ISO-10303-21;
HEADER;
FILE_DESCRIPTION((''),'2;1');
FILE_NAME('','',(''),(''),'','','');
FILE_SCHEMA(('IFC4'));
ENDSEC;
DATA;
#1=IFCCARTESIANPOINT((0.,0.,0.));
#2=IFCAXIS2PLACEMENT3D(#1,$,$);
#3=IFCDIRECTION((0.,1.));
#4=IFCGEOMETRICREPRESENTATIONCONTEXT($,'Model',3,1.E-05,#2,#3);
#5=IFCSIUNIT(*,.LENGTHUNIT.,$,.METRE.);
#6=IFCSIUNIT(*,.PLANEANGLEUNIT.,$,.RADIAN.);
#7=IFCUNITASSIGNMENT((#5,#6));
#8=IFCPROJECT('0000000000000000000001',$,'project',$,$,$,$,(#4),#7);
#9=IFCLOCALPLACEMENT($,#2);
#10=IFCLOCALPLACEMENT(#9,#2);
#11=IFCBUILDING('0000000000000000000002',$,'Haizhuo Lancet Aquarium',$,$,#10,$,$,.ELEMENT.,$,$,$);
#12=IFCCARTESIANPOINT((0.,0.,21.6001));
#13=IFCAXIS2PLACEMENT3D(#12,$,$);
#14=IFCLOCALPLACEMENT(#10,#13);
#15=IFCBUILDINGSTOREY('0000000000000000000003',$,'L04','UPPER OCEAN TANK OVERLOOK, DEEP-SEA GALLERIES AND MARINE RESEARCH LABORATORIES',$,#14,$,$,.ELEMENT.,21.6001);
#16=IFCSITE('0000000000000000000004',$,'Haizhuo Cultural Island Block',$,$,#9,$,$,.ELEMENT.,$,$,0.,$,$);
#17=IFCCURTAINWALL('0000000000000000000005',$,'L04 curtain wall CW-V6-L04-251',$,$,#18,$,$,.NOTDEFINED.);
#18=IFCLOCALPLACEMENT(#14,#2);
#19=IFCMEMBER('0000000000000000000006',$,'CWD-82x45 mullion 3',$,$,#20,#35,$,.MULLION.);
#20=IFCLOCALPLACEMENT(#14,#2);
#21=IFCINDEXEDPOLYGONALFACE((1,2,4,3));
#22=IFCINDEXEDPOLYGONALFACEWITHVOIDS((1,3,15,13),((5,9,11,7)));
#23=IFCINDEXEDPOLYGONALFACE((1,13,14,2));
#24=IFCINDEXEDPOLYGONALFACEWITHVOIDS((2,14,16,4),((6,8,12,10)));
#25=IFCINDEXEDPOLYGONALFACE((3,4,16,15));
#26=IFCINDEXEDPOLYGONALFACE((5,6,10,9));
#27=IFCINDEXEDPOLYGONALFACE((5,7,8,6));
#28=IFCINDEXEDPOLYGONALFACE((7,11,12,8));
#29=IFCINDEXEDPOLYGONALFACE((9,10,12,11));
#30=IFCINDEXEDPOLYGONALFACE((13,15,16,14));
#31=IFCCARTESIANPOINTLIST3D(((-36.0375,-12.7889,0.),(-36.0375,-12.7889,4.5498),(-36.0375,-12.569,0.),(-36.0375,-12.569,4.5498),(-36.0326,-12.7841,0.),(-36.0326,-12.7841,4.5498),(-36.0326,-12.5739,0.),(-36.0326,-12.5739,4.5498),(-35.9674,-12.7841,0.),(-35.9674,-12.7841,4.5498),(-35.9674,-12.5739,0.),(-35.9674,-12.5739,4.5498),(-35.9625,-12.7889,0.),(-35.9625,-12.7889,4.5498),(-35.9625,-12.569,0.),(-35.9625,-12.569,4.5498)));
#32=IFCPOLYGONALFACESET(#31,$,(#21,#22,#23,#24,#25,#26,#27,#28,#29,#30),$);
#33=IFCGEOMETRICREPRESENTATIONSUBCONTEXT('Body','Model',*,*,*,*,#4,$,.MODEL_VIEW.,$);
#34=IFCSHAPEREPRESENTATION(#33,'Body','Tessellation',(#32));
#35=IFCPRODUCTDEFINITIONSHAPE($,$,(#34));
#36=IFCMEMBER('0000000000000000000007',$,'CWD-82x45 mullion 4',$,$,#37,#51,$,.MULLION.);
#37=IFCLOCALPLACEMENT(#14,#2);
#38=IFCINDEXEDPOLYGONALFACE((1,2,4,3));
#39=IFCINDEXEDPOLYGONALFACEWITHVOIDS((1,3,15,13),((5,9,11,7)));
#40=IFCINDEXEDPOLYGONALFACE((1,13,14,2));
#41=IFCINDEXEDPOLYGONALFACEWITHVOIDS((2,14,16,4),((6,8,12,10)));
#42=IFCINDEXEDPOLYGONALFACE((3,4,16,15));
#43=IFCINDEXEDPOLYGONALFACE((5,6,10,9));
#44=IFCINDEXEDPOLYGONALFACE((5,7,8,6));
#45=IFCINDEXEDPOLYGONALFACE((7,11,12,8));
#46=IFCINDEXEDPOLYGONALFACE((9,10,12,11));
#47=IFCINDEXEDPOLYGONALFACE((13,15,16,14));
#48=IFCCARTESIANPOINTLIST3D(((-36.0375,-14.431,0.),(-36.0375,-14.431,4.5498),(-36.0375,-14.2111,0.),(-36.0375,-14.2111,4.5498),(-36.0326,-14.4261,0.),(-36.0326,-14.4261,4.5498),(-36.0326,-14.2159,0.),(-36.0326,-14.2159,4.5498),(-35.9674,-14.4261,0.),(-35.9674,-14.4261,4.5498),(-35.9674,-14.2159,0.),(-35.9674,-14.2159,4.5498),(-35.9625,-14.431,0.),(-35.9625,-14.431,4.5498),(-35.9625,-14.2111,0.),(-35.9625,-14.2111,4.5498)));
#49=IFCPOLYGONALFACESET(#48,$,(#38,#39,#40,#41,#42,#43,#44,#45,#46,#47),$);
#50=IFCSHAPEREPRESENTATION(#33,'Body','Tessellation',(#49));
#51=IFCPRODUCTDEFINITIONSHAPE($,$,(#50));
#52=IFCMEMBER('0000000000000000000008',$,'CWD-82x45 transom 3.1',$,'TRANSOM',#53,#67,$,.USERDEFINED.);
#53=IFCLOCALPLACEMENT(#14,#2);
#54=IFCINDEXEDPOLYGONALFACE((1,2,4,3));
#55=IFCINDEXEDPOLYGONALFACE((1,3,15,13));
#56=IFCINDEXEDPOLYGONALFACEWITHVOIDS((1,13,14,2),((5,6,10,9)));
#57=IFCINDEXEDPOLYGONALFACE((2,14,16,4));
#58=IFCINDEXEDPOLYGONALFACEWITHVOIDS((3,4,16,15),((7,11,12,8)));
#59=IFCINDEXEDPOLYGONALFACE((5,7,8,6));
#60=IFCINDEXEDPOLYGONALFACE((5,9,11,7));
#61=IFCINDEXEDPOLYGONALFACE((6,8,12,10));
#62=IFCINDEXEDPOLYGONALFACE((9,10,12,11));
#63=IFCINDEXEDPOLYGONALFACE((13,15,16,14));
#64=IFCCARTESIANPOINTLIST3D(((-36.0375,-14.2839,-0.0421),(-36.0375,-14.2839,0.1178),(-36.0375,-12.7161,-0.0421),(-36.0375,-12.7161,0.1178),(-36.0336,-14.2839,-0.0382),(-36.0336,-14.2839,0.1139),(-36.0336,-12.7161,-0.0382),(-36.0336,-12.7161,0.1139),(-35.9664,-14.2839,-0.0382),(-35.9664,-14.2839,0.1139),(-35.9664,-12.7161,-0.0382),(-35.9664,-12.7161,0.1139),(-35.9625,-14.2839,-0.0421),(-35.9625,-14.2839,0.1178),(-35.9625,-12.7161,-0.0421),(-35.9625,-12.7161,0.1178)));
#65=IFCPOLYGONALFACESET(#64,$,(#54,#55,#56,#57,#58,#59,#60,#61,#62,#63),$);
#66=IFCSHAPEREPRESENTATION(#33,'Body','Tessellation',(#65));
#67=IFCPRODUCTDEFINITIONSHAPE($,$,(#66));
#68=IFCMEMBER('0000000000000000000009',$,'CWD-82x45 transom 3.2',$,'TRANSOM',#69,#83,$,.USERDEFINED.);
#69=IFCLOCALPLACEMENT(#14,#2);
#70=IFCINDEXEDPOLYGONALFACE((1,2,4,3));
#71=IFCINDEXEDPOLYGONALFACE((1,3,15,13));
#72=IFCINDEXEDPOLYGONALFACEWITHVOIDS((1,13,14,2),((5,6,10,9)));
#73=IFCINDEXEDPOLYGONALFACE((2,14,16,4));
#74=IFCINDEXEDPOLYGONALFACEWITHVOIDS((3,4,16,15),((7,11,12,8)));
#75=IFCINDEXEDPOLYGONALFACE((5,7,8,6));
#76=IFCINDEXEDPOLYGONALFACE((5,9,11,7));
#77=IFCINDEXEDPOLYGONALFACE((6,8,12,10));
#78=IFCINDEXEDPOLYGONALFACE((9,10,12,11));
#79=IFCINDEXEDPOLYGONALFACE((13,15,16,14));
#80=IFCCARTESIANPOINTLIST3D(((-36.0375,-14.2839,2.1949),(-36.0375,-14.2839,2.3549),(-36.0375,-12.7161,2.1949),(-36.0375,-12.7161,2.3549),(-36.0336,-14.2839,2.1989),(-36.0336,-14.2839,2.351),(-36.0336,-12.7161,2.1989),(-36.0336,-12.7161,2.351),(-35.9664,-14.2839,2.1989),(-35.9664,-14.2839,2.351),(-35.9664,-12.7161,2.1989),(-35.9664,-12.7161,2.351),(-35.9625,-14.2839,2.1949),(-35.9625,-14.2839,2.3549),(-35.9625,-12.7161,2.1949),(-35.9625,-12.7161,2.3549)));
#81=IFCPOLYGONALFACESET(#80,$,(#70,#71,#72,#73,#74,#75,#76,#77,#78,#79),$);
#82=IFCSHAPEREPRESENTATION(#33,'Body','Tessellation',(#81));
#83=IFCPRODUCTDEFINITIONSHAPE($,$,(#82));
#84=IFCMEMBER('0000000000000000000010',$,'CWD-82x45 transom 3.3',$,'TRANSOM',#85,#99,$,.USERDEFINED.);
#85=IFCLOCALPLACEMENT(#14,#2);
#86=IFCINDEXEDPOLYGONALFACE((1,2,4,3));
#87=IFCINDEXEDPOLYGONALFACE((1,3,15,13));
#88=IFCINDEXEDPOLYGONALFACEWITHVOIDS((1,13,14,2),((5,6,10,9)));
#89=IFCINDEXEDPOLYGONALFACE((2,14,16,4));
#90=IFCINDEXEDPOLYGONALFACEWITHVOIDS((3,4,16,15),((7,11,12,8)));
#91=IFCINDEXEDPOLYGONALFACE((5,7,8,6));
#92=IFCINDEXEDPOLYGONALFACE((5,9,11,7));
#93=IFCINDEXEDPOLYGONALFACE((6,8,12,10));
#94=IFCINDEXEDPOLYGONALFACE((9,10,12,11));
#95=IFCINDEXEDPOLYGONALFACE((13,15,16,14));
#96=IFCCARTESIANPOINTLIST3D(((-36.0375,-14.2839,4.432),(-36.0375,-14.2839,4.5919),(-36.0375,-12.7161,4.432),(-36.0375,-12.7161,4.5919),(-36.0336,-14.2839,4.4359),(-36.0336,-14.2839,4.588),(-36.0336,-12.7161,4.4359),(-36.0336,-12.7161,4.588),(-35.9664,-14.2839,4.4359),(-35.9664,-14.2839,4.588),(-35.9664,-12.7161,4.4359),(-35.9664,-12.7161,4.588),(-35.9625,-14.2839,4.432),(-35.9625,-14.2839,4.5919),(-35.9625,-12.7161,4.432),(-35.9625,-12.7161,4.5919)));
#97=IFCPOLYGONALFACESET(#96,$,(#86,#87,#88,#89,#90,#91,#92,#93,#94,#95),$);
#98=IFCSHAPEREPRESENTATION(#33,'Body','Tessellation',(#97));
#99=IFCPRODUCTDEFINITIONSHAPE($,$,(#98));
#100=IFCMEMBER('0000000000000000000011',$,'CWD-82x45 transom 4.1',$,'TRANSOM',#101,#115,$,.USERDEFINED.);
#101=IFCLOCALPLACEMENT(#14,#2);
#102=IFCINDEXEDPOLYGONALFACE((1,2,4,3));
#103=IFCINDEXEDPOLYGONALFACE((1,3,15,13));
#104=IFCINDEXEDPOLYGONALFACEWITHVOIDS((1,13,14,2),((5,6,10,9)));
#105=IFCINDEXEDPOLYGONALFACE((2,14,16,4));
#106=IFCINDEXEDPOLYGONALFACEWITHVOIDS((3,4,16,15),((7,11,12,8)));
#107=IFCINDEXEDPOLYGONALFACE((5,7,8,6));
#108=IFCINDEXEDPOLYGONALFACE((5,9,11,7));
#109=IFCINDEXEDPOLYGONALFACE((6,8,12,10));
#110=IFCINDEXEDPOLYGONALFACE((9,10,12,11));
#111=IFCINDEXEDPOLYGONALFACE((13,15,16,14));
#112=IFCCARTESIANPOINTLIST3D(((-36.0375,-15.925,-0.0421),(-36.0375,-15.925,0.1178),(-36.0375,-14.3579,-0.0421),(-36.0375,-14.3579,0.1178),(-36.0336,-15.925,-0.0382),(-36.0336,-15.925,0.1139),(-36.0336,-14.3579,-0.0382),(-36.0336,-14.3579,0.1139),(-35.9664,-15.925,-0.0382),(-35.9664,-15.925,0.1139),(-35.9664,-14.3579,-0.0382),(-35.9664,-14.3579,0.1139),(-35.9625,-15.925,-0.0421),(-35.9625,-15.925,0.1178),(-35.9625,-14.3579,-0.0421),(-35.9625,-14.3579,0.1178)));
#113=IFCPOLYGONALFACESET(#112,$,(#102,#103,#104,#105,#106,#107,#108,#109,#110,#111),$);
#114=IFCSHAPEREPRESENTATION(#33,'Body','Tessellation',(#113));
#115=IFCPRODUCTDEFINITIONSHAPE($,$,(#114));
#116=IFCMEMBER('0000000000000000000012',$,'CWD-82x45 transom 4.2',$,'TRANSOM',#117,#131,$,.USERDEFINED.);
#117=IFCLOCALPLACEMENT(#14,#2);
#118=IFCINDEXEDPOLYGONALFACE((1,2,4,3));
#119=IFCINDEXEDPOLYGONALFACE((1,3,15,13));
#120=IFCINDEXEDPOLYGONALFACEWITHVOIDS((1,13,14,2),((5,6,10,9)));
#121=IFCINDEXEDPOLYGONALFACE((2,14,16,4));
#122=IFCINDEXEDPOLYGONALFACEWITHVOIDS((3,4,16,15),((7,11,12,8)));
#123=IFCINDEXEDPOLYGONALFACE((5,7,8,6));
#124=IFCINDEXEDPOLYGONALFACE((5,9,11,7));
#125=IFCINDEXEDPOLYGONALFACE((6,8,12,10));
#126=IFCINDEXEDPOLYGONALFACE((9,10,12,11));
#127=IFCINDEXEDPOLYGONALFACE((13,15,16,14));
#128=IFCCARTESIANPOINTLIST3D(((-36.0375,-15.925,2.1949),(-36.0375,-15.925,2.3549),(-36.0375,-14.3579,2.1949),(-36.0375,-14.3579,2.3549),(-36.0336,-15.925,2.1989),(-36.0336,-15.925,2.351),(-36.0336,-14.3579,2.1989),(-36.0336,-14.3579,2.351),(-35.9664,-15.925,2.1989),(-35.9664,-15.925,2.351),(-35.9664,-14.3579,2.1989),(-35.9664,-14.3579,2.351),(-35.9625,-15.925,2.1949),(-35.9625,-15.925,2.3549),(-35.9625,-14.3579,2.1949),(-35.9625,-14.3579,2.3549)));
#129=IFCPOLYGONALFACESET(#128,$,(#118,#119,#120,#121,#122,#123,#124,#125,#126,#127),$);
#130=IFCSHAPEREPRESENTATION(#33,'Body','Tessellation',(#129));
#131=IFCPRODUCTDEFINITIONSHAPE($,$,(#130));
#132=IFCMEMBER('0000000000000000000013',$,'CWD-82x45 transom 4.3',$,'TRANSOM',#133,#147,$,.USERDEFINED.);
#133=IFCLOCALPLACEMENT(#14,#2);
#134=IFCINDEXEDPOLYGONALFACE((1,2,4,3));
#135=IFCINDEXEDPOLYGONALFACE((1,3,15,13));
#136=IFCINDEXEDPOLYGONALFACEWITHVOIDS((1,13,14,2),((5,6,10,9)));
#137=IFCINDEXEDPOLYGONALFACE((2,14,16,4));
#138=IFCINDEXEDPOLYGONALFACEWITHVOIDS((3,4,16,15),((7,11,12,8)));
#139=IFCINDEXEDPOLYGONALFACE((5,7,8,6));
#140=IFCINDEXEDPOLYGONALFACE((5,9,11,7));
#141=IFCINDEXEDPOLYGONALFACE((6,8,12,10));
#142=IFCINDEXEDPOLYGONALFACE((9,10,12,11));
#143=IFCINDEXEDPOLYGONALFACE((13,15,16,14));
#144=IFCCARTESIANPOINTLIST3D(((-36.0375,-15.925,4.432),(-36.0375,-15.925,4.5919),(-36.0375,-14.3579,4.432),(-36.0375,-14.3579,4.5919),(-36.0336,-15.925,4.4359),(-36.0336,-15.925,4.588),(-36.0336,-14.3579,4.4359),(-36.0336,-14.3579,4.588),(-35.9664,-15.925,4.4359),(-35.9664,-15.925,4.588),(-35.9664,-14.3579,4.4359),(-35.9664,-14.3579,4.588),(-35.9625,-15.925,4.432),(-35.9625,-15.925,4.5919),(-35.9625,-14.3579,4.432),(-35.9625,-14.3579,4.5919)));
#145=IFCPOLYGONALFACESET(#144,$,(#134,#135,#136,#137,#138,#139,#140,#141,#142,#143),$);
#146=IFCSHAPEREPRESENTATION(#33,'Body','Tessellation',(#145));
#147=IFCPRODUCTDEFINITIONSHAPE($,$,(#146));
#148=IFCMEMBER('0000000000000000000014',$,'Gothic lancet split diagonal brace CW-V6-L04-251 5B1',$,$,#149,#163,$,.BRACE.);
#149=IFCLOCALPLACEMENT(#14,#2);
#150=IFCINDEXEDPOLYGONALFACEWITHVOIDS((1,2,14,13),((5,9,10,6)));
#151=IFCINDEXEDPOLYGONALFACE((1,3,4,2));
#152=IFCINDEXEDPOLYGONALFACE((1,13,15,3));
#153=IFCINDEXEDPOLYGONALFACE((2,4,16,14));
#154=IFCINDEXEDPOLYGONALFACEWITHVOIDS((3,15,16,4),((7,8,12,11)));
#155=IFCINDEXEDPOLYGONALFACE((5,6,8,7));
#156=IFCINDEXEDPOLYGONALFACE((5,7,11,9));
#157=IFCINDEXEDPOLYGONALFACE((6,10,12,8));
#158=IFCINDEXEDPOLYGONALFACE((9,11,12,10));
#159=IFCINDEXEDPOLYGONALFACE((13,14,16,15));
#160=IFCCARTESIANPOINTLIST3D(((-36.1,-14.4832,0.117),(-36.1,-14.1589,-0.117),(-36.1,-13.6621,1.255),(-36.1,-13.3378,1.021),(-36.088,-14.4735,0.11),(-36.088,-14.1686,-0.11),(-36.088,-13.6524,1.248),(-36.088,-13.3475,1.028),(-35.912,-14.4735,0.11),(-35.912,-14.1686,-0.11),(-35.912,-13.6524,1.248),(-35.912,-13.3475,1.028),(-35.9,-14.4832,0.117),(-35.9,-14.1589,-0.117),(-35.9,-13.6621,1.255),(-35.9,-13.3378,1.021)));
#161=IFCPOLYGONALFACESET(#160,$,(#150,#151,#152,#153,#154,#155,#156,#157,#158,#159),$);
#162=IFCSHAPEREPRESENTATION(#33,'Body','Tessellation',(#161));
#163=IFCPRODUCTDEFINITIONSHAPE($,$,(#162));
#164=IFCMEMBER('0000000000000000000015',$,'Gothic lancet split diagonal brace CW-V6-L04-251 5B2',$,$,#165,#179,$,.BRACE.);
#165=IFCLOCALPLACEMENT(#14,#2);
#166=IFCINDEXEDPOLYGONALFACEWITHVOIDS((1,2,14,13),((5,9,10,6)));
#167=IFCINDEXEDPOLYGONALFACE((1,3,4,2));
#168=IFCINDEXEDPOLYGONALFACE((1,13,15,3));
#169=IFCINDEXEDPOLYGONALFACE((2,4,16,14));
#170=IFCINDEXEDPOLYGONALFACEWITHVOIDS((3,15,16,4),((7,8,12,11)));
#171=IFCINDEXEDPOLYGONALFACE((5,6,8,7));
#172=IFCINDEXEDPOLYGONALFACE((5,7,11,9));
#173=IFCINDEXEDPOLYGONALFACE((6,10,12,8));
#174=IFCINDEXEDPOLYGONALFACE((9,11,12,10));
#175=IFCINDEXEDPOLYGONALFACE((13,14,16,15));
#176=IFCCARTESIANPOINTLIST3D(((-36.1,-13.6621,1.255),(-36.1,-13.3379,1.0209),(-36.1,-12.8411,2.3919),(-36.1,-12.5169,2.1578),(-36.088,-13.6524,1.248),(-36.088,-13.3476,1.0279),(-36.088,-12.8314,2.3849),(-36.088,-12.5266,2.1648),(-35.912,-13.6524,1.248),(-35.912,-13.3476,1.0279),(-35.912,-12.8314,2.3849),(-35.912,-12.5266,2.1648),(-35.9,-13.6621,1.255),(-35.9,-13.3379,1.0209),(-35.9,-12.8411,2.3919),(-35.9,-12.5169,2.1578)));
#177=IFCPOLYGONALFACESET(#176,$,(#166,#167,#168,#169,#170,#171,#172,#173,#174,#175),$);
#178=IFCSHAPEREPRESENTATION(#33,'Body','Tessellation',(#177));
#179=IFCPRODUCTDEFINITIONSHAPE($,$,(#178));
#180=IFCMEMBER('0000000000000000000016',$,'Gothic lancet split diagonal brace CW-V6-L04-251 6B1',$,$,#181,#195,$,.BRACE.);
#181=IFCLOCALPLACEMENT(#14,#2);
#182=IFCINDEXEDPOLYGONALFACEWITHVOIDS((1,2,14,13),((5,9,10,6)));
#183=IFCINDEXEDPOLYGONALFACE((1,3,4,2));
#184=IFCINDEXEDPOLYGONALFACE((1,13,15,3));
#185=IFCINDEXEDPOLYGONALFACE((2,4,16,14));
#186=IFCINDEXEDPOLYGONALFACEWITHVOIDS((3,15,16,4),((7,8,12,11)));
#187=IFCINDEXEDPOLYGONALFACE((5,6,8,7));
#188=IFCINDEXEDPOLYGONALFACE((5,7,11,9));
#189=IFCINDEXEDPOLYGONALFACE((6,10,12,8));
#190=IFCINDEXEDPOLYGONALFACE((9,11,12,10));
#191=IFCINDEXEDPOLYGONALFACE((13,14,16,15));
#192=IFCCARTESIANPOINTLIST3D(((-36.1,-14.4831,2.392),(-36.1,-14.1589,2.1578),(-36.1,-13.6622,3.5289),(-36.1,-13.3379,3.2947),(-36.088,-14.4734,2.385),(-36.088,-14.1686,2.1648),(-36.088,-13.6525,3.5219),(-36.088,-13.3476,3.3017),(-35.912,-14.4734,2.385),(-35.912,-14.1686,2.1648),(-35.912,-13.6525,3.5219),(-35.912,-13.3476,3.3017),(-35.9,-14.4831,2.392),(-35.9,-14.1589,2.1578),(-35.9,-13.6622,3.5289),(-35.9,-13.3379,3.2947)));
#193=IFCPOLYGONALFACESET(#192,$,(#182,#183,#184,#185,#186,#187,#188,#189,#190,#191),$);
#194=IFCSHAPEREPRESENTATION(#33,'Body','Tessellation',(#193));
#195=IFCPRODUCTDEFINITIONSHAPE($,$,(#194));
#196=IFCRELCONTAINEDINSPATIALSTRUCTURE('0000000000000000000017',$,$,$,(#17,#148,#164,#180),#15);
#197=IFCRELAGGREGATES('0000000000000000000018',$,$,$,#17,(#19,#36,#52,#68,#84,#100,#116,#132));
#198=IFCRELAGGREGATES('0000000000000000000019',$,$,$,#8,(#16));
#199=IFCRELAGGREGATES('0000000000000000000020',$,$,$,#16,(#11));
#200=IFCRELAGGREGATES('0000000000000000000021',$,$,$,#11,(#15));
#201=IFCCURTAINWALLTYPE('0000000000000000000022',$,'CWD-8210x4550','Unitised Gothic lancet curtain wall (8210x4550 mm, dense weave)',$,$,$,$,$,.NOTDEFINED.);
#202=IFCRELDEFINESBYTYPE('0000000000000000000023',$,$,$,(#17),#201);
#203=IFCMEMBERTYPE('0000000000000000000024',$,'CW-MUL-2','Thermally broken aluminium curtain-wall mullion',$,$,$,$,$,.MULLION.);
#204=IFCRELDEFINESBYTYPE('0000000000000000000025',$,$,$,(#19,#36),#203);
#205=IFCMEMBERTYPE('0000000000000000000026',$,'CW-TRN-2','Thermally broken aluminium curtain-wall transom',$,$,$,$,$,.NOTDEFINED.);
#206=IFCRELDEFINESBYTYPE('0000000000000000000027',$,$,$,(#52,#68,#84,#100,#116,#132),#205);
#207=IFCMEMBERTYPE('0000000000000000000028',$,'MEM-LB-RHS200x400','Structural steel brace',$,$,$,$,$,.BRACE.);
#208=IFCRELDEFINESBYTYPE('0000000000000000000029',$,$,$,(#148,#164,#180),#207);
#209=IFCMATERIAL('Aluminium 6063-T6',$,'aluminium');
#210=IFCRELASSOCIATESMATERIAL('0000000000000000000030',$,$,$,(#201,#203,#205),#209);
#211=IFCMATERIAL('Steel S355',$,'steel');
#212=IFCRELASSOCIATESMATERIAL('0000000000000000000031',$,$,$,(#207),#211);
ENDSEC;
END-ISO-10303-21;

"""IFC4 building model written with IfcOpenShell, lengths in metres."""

from ifc_helpers import new_model, si_unit, direction, frame, origin, origin_2d, place, context, subcontext, project, spatial, hollow_rectangle, extrude, material, material_profile, profile_set, type_object, element, aggregate, save


model = new_model("IFC4")

# Units and contexts
model_context = context("Model", 3, precision=1e-05, world=origin(), true_north=direction((0.0, 1.0)))
body_context = subcontext(model_context, "Body", "Model", "MODEL_VIEW")
ifc_project = project(units=[si_unit("LENGTHUNIT", "METRE"), si_unit("PLANEANGLEUNIT", "RADIAN")], contexts=[model_context])

# Site, building, storey
site_placement = place(None, origin())
site = spatial("IfcSite", under=ifc_project, at=site_placement, Name="Haizhuo Cultural Island Block", CompositionType="ELEMENT", RefElevation=0.0)
building_placement = place(site_placement, origin())
building = spatial("IfcBuilding", under=site, at=building_placement, Name="Haizhuo Lancet Aquarium", CompositionType="ELEMENT")
storey_placement = place(building_placement, frame((0.0, 0.0, 21.6001)))
storey = spatial("IfcBuildingStorey", under=building, at=storey_placement, Name="L04", Description="UPPER OCEAN TANK OVERLOOK, DEEP-SEA GALLERIES AND MARINE RESEARCH LABORATORIES", CompositionType="ELEMENT", Elevation=21.6001)

# Curtain wall, members
ifc_material_1 = material(Name="Aluminium 6063-T6", Category="aluminium")
curtain_wall_type = type_object("IfcCurtainWallType", Name="CWD-8210x4550", Description="Unitised Gothic lancet curtain wall (8210x4550 mm, dense weave)", PredefinedType="NOTDEFINED", material=ifc_material_1)
curtain_wall_placement = place(storey_placement, origin())
curtain_wall = element("IfcCurtainWall", 1, at=curtain_wall_placement, inside=storey, type_object=curtain_wall_type, Name="L04 curtain wall CW-V6-L04-251", PredefinedType="NOTDEFINED")
ifc_material_profile_1 = material_profile(ifc_material_1, hollow_rectangle(XDim=0.075, YDim=0.22, WallThickness=0.0049, at=origin_2d()), Name="ALU-M 75x220x5")
ifc_profile_set_1 = profile_set([ifc_material_profile_1], Name="Aluminium 6063-T6")
member_type_1 = type_object("IfcMemberType", Name="CW-MUL-2", Description="Thermally broken aluminium curtain-wall mullion", PredefinedType="MULLION", material=ifc_profile_set_1)
member_1_placement = place(storey_placement, frame((-36.0, -12.679, 0.0), z_axis=(0.0, 0.0, 1.0), x_axis=(1.0, 0.0, 0.0)))
member_1 = element("IfcMember", 2, at=member_1_placement, type_object=member_type_1, Name="CWD-82x45 mullion 3", PredefinedType="MULLION", context=body_context, shape_type="SweptSolid", body=[
    extrude(hollow_rectangle(XDim=0.075, YDim=0.22, WallThickness=0.0049, at=origin_2d()), origin(), (0.0, 0.0, 1.0), 4.5498),
])
member_2_placement = place(storey_placement, frame((-36.0, -14.321, 0.0), z_axis=(0.0, 0.0, 1.0), x_axis=(1.0, 0.0, 0.0)))
member_2 = element("IfcMember", 3, at=member_2_placement, type_object=member_type_1, Name="CWD-82x45 mullion 4", PredefinedType="MULLION", context=body_context, shape_type="SweptSolid", body=[
    extrude(hollow_rectangle(XDim=0.075, YDim=0.22, WallThickness=0.0049, at=origin_2d()), origin(), (0.0, 0.0, 1.0), 4.5498),
])
ifc_material_profile_2 = material_profile(ifc_material_1, hollow_rectangle(XDim=0.075, YDim=0.1599, WallThickness=0.0039, at=origin_2d()), Name="ALU-T 75x160x4")
ifc_profile_set_2 = profile_set([ifc_material_profile_2], Name="Aluminium 6063-T6")
member_type_2 = type_object("IfcMemberType", Name="CW-TRN-2", Description="Thermally broken aluminium curtain-wall transom", PredefinedType="NOTDEFINED", material=ifc_profile_set_2)
member_3_placement = place(storey_placement, frame((-36.0, -12.7161, 0.0378), z_axis=(0.0, -1.0, 0.0), x_axis=(1.0, 0.0, 0.0)))
member_3 = element("IfcMember", 4, at=member_3_placement, type_object=member_type_2, Name="CWD-82x45 transom 3.1", ObjectType="TRANSOM", PredefinedType="USERDEFINED", context=body_context, shape_type="SweptSolid", body=[
    extrude(hollow_rectangle(XDim=0.075, YDim=0.1599, WallThickness=0.0039, at=origin_2d()), origin(), (0.0, 0.0, 1.0), 1.5679),
])
member_4_placement = place(storey_placement, frame((-36.0, -12.7161, 2.2749), z_axis=(0.0, -1.0, 0.0), x_axis=(1.0, 0.0, 0.0)))
member_4 = element("IfcMember", 5, at=member_4_placement, type_object=member_type_2, Name="CWD-82x45 transom 3.2", ObjectType="TRANSOM", PredefinedType="USERDEFINED", context=body_context, shape_type="SweptSolid", body=[
    extrude(hollow_rectangle(XDim=0.075, YDim=0.1599, WallThickness=0.0039, at=origin_2d()), origin(), (0.0, 0.0, 1.0), 1.5679),
])
member_5_placement = place(storey_placement, frame((-36.0, -12.7161, 4.512), z_axis=(0.0, -1.0, 0.0), x_axis=(1.0, 0.0, 0.0)))
member_5 = element("IfcMember", 6, at=member_5_placement, type_object=member_type_2, Name="CWD-82x45 transom 3.3", ObjectType="TRANSOM", PredefinedType="USERDEFINED", context=body_context, shape_type="SweptSolid", body=[
    extrude(hollow_rectangle(XDim=0.075, YDim=0.1599, WallThickness=0.0039, at=origin_2d()), origin(), (0.0, 0.0, 1.0), 1.5679),
])
member_6_placement = place(storey_placement, frame((-36.0, -14.3579, 0.0378), z_axis=(0.0, -1.0, 0.0), x_axis=(1.0, 0.0, 0.0)))
member_6 = element("IfcMember", 7, at=member_6_placement, type_object=member_type_2, Name="CWD-82x45 transom 4.1", ObjectType="TRANSOM", PredefinedType="USERDEFINED", context=body_context, shape_type="SweptSolid", body=[
    extrude(hollow_rectangle(XDim=0.075, YDim=0.1599, WallThickness=0.0039, at=origin_2d()), origin(), (0.0, 0.0, 1.0), 1.5671),
])
member_7_placement = place(storey_placement, frame((-36.0, -14.3579, 2.2749), z_axis=(0.0, -1.0, 0.0), x_axis=(1.0, 0.0, 0.0)))
member_7 = element("IfcMember", 8, at=member_7_placement, type_object=member_type_2, Name="CWD-82x45 transom 4.2", ObjectType="TRANSOM", PredefinedType="USERDEFINED", context=body_context, shape_type="SweptSolid", body=[
    extrude(hollow_rectangle(XDim=0.075, YDim=0.1599, WallThickness=0.0039, at=origin_2d()), origin(), (0.0, 0.0, 1.0), 1.5671),
])
member_8_placement = place(storey_placement, frame((-36.0, -14.3579, 4.512), z_axis=(0.0, -1.0, 0.0), x_axis=(1.0, 0.0, 0.0)))
member_8 = element("IfcMember", 9, at=member_8_placement, type_object=member_type_2, Name="CWD-82x45 transom 4.3", ObjectType="TRANSOM", PredefinedType="USERDEFINED", context=body_context, shape_type="SweptSolid", body=[
    extrude(hollow_rectangle(XDim=0.075, YDim=0.1599, WallThickness=0.0039, at=origin_2d()), origin(), (0.0, 0.0, 1.0), 1.5671),
])

# Members
ifc_material_2 = material(Name="Steel S355", Category="steel")
ifc_material_profile_3 = material_profile(ifc_material_2, hollow_rectangle(XDim=0.2, YDim=0.3999, WallThickness=0.012, at=origin_2d()), Name="RHS 200x400x12")
ifc_profile_set_3 = profile_set([ifc_material_profile_3], Name="Steel S355")
member_type_3 = type_object("IfcMemberType", Name="MEM-LB-RHS200x400", Description="Structural steel brace", PredefinedType="BRACE", material=ifc_profile_set_3)
member_9_placement = place(storey_placement, frame((-36.0, -14.321, 0.0), z_axis=(0.0, 0.585116, 0.81095), x_axis=(-1.0, 0.0, 0.0)))
element("IfcMember", 10, at=member_9_placement, inside=storey, type_object=member_type_3, Name="Gothic lancet split diagonal brace CW-V6-L04-251 5B1", PredefinedType="BRACE", context=body_context, shape_type="SweptSolid", body=[
    extrude(hollow_rectangle(XDim=0.2, YDim=0.3999, WallThickness=0.012, at=origin_2d()), origin(), (0.0, 0.0, 1.0), 1.4033),
])
for number, where, z_axis, x_axis, name in (
    (11, (-36.0, -13.5, 1.1379), (0.0, 0.585446, 0.810711), (-1.0, 0.0, 0.0), "Gothic lancet split diagonal brace CW-V6-L04-251 5B2"),
    (12, (-36.0, -14.321, 2.2749), (0.0, 0.585446, 0.810711), (-1.0, 0.0, 0.0), "Gothic lancet split diagonal brace CW-V6-L04-251 6B1"),
):
    element("IfcMember", number, at=place(storey_placement, frame(where, z_axis=z_axis, x_axis=x_axis)), inside=storey, type_object=member_type_3, Name=name, PredefinedType="BRACE", context=body_context, shape_type="SweptSolid", body=[
        extrude(hollow_rectangle(XDim=0.2, YDim=0.3999, WallThickness=0.012, at=origin_2d()), origin(), (0.0, 0.0, 1.0), 1.4023),
    ])

aggregate(curtain_wall, [member_1, member_2, member_3, member_4, member_5, member_6, member_7, member_8])

save(model, "model.ifc")
